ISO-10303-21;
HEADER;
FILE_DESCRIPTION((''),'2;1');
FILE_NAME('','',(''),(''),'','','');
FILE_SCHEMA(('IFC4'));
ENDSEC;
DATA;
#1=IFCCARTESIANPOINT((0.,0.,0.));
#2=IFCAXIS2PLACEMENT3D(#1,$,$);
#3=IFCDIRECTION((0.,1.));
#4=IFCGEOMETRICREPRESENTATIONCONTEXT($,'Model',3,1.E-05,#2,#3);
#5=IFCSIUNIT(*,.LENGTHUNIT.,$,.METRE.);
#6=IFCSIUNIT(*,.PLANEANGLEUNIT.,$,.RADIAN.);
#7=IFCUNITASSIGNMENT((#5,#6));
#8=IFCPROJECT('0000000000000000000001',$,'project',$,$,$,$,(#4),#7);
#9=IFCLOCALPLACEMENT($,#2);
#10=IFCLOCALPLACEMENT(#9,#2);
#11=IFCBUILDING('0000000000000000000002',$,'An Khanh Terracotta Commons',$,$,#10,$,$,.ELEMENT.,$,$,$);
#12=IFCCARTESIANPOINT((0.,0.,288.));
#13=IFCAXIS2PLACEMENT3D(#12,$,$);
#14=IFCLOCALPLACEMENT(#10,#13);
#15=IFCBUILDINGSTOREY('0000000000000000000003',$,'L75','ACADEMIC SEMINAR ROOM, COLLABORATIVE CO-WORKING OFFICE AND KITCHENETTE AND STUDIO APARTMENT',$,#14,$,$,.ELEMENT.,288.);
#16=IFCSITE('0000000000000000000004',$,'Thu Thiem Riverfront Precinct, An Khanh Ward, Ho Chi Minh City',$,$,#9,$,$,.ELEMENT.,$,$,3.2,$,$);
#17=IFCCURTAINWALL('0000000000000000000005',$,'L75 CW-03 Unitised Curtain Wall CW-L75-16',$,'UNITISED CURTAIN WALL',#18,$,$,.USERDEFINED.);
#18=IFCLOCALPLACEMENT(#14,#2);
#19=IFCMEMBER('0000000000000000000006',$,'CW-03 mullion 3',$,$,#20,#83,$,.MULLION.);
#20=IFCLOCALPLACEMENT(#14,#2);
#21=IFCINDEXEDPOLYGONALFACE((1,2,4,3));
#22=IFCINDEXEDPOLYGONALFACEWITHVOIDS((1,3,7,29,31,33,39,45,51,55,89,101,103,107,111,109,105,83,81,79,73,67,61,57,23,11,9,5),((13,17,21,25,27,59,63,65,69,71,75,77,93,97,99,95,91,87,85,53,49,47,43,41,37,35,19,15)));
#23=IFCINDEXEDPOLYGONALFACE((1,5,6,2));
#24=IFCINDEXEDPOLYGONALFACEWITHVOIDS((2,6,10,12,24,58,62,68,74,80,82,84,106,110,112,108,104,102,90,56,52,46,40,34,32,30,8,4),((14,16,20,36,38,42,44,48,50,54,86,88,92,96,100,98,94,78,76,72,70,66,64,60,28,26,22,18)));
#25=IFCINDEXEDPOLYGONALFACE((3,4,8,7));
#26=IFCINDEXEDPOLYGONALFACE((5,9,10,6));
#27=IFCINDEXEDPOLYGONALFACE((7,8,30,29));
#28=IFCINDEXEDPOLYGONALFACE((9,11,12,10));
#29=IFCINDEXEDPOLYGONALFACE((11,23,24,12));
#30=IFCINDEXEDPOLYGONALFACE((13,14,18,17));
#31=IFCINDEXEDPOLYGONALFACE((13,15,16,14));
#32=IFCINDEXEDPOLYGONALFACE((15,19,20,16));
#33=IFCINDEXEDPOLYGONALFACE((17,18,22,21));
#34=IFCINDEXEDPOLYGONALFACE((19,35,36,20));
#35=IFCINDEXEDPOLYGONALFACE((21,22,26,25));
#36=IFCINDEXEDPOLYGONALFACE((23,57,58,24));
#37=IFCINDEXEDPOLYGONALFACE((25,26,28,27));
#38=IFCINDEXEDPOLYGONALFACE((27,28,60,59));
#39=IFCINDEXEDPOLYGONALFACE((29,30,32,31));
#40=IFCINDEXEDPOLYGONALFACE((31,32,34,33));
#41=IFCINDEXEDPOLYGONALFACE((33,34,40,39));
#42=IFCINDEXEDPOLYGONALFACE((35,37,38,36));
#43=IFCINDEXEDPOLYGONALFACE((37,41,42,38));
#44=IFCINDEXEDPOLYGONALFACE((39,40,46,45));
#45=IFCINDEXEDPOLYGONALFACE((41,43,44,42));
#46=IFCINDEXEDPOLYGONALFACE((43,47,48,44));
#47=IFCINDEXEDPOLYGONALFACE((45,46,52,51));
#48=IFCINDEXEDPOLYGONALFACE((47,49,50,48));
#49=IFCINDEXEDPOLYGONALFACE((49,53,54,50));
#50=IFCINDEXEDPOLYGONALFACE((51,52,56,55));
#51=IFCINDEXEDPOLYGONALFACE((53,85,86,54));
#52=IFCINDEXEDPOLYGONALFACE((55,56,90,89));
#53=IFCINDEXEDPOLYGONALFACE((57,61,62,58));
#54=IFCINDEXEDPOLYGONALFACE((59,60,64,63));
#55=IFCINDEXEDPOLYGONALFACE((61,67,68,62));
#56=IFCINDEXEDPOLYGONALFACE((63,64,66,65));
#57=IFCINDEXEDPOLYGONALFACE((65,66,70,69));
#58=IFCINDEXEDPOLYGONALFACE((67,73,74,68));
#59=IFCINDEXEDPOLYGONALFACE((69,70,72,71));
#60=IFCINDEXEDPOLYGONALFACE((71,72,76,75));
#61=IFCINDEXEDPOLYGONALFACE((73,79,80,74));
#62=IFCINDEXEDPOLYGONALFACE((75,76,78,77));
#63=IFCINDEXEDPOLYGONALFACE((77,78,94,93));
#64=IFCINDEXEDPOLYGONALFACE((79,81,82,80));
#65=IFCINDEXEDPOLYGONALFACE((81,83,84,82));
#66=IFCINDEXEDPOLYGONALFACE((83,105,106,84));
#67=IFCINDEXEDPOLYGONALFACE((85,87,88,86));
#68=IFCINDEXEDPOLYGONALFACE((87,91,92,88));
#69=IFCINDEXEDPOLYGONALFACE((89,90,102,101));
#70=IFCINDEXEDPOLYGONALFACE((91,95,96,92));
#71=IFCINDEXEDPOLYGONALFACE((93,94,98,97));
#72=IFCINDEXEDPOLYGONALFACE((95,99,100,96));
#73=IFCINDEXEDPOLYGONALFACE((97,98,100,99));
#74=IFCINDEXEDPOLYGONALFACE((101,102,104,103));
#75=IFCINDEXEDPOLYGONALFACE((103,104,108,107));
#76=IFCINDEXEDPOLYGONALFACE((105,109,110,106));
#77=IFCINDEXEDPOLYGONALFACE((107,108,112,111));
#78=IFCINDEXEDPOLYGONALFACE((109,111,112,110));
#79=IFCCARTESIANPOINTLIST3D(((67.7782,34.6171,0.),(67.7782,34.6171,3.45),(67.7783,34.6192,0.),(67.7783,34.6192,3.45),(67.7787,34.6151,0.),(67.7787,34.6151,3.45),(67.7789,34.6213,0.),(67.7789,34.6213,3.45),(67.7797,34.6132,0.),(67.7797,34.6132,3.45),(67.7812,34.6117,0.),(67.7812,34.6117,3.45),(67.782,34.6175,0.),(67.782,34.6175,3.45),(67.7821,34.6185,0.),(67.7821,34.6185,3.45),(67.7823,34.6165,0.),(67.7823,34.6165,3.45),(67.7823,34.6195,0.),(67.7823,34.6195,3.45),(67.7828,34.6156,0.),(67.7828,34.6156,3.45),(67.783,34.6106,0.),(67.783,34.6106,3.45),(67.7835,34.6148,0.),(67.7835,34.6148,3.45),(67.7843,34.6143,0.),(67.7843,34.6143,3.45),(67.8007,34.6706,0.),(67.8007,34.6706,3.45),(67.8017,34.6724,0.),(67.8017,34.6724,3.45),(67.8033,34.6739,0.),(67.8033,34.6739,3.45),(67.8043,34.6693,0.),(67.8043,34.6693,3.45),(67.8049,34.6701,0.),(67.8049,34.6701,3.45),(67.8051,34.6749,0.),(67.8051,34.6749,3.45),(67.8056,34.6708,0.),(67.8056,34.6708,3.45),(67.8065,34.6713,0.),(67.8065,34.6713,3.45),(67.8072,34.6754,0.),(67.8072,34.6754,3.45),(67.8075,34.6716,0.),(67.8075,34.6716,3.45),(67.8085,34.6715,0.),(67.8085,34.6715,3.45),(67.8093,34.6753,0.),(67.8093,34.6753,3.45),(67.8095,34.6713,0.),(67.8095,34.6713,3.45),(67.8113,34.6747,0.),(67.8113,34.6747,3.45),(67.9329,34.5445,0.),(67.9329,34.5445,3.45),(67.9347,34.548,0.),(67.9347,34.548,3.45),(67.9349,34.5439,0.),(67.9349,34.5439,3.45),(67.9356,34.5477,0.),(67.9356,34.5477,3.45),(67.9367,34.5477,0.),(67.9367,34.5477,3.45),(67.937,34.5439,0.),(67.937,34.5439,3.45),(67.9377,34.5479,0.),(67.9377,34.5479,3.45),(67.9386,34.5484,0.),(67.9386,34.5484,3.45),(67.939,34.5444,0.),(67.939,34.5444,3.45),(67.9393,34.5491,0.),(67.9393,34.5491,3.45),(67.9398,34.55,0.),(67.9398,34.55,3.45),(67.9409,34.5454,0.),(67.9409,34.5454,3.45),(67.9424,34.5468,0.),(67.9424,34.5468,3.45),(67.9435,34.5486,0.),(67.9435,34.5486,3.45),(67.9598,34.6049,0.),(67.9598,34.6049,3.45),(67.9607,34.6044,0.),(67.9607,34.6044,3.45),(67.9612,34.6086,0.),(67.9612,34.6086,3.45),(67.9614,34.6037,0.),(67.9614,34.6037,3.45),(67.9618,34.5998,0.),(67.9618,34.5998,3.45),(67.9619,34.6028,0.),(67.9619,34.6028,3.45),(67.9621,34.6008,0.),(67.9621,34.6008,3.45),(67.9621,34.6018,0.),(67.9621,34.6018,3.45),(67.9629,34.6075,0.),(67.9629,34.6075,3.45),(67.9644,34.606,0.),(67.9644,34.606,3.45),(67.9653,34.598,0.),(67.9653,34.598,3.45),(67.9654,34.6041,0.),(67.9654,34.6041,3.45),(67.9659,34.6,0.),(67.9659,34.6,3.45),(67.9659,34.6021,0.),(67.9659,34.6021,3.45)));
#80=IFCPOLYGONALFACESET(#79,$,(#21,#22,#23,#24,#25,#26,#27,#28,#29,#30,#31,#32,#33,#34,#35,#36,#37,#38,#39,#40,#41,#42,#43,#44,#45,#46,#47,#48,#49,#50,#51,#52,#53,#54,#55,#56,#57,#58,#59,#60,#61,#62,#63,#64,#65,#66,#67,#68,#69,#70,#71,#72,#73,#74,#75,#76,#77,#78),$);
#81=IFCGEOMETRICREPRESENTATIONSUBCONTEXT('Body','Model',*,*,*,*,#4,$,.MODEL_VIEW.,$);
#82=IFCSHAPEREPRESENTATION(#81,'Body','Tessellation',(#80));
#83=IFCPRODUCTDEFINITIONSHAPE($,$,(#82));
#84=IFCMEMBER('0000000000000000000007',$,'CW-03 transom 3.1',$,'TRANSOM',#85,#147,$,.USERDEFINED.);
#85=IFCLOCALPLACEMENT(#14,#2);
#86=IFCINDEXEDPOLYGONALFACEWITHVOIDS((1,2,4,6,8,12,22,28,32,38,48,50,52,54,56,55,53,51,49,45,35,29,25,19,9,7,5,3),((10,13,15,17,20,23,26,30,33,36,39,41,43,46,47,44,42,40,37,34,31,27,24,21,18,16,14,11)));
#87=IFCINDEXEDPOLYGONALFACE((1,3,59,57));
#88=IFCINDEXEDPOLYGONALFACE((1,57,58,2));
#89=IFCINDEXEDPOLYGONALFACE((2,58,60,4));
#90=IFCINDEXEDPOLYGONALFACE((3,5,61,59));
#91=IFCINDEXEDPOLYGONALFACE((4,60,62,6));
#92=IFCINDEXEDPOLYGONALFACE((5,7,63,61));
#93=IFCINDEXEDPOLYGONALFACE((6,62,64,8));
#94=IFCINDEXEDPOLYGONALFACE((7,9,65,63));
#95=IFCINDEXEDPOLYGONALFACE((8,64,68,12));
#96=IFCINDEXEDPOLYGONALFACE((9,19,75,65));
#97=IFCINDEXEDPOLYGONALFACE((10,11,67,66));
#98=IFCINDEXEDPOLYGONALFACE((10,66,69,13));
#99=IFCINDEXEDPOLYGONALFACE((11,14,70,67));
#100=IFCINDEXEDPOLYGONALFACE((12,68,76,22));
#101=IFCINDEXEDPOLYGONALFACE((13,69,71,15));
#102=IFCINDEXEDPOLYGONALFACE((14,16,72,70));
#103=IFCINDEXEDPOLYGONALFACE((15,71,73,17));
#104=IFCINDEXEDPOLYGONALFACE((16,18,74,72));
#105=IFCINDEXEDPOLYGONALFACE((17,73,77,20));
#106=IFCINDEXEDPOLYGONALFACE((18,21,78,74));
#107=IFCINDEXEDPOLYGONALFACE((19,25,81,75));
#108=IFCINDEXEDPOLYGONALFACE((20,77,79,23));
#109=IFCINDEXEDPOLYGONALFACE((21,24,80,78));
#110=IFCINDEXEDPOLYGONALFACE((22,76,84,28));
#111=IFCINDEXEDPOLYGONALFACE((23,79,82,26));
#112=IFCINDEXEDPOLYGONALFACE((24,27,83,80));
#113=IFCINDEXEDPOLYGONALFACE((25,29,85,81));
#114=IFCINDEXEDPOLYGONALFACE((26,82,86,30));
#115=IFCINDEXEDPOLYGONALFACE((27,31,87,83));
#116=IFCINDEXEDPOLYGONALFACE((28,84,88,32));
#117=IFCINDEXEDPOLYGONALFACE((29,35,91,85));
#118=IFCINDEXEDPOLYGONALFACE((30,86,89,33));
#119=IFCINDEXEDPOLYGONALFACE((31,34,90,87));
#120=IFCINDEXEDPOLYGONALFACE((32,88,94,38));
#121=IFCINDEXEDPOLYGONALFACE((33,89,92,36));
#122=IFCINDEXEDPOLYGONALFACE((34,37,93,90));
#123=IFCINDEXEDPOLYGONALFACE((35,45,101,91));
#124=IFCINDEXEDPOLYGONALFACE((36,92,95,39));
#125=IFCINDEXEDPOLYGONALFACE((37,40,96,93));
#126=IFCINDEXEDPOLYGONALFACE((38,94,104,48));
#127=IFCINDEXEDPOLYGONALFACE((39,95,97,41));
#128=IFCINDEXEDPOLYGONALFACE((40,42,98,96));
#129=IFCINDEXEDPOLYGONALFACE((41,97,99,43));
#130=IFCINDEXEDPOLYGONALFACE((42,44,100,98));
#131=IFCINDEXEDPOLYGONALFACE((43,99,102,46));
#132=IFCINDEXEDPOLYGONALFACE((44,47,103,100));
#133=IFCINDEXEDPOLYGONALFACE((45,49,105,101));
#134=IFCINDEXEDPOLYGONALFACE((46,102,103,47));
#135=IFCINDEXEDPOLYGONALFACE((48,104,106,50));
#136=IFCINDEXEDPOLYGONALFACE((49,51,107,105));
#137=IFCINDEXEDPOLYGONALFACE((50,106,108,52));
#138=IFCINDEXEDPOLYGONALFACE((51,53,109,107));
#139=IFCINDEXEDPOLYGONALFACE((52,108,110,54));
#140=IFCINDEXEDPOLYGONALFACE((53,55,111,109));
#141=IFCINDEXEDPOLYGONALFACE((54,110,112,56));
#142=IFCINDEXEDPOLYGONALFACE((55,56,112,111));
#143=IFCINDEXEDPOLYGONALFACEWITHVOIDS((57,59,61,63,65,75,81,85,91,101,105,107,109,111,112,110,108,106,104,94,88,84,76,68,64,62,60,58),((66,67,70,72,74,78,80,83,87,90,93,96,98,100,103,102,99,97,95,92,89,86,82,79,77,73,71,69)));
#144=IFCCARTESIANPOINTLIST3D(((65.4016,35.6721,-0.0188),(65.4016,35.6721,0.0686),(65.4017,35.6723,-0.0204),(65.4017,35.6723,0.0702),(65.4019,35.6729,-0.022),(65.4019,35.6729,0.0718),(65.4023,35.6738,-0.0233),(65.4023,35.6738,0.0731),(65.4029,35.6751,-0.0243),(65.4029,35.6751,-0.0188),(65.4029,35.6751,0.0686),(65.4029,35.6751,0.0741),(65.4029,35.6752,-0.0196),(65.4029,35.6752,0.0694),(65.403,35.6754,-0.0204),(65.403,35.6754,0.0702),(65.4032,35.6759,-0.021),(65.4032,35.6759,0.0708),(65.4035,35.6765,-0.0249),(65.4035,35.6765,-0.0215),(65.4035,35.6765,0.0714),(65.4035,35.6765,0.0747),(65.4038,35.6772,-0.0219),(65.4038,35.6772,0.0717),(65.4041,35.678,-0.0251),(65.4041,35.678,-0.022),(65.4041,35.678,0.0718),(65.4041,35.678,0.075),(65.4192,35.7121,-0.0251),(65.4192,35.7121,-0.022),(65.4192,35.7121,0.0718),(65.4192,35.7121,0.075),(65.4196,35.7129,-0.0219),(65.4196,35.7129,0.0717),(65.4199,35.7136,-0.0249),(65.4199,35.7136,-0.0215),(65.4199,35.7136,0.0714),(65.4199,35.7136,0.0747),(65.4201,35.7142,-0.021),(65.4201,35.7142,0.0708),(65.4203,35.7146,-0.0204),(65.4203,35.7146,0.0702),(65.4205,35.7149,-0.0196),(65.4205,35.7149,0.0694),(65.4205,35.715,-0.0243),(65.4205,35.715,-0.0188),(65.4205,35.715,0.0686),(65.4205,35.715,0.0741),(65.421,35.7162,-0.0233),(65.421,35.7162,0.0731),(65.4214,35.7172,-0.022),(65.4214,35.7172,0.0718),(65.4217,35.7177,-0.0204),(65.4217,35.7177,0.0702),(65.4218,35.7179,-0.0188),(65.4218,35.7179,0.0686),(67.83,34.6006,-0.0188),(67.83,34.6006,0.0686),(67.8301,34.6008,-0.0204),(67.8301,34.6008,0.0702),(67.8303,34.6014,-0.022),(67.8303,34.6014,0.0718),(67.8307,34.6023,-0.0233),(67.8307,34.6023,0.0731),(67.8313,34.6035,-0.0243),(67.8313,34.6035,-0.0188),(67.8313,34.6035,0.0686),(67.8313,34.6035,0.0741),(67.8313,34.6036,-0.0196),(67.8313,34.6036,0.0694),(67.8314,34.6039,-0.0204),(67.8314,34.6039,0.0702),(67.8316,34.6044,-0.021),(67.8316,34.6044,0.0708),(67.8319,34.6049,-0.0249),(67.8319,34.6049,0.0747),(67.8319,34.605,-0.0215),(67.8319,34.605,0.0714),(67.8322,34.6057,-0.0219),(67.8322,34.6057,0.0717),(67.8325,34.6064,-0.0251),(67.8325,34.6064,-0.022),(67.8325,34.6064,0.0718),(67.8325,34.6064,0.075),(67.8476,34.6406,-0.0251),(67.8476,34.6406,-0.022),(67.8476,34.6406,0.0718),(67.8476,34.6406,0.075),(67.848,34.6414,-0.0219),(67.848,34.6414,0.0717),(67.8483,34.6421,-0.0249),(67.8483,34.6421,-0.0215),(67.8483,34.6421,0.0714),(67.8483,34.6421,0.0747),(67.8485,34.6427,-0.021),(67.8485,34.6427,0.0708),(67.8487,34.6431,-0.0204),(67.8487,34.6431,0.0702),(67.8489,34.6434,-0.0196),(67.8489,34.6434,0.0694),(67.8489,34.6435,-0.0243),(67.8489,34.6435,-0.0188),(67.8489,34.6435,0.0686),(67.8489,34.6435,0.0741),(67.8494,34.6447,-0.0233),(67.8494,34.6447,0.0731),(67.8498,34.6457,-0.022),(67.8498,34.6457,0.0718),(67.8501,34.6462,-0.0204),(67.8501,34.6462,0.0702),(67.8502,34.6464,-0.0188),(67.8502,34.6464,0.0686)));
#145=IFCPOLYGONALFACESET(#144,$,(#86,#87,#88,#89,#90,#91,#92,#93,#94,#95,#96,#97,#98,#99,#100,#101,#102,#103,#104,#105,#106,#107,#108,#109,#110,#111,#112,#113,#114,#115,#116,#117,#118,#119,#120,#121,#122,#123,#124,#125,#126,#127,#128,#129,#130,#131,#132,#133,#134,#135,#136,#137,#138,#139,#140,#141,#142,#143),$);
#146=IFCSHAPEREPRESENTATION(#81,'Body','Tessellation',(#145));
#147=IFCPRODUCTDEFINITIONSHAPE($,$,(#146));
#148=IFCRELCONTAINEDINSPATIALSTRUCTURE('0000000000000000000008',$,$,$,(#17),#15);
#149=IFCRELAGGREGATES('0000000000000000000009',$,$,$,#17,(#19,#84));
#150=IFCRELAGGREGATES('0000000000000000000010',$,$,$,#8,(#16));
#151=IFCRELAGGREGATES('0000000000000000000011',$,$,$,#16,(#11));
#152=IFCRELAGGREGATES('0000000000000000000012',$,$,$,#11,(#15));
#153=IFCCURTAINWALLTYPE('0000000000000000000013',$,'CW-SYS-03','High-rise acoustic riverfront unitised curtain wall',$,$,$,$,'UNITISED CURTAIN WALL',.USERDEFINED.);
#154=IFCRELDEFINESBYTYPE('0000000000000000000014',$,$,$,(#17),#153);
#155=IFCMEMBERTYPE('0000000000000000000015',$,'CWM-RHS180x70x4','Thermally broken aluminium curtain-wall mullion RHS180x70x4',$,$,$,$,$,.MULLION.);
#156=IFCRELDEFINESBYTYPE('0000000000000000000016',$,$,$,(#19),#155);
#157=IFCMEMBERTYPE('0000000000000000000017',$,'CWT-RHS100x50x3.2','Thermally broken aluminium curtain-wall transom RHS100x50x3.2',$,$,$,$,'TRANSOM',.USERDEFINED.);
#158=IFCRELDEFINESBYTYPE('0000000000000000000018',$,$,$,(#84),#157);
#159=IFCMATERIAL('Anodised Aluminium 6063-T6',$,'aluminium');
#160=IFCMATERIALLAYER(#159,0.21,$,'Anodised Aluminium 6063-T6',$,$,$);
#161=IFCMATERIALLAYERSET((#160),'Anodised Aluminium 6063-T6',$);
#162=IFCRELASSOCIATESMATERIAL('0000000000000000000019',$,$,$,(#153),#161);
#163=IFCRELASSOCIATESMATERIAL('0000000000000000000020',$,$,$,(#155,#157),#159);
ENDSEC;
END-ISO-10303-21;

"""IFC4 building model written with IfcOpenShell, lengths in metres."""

from ifc_helpers import new_model, si_unit, direction, frame, origin, origin_2d, place, context, subcontext, project, spatial, hollow_rectangle, extrude, material, layer, layer_set, material_profile, profile_set, type_object, element, aggregate, save


model = new_model("IFC4")

# Units and contexts
model_context = context("Model", 3, precision=1e-05, world=origin(), true_north=direction((0.0, 1.0)))
body_context = subcontext(model_context, "Body", "Model", "MODEL_VIEW")
ifc_project = project(units=[si_unit("LENGTHUNIT", "METRE"), si_unit("PLANEANGLEUNIT", "RADIAN")], contexts=[model_context])

# Site, building, storey
site_placement = place(None, origin())
site = spatial("IfcSite", under=ifc_project, at=site_placement, Name="Thu Thiem Riverfront Precinct, An Khanh Ward, Ho Chi Minh City", CompositionType="ELEMENT", RefElevation=3.2)
building_placement = place(site_placement, origin())
building = spatial("IfcBuilding", under=site, at=building_placement, Name="An Khanh Terracotta Commons", CompositionType="ELEMENT")
storey_placement = place(building_placement, frame((0.0, 0.0, 288.0)))
storey = spatial("IfcBuildingStorey", under=building, at=storey_placement, Name="L75", Description="ACADEMIC SEMINAR ROOM, COLLABORATIVE CO-WORKING OFFICE AND KITCHENETTE AND STUDIO APARTMENT", CompositionType="ELEMENT", Elevation=288.0)

# Curtain wall, members
ifc_material_1 = material(Name="Anodised Aluminium 6063-T6", Category="aluminium")
ifc_layer_1 = layer(ifc_material_1, 0.21, Name="Anodised Aluminium 6063-T6")
ifc_layer_set_1 = layer_set([ifc_layer_1], Name="Anodised Aluminium 6063-T6")
curtain_wall_type = type_object("IfcCurtainWallType", Name="CW-SYS-03", Description="High-rise acoustic riverfront unitised curtain wall", ElementType="UNITISED CURTAIN WALL", PredefinedType="USERDEFINED", material=ifc_layer_set_1)
curtain_wall_placement = place(storey_placement, origin())
curtain_wall = element("IfcCurtainWall", 1, at=curtain_wall_placement, inside=storey, type_object=curtain_wall_type, Name="L75 CW-03 Unitised Curtain Wall CW-L75-16", ObjectType="UNITISED CURTAIN WALL", PredefinedType="USERDEFINED")
ifc_material_profile_1 = material_profile(ifc_material_1, hollow_rectangle(XDim=0.0701, YDim=0.1799, WallThickness=0.0039, InnerFilletRadius=0.0039, OuterFilletRadius=0.0081, at=origin_2d()), Name="RHS180x70x4")
ifc_profile_set_1 = profile_set([ifc_material_profile_1], Name="Anodised Aluminium 6063-T6")
member_type_1 = type_object("IfcMemberType", Name="CWM-RHS180x70x4", Description="Thermally broken aluminium curtain-wall mullion RHS180x70x4", PredefinedType="MULLION", material=ifc_profile_set_1)
member_1_placement = place(storey_placement, frame((67.8721, 34.6096, 0.0), z_axis=(0.0, 0.0, 1.0), x_axis=(-0.403676, -0.914902, 0.0)))
member_1 = element("IfcMember", 2, at=member_1_placement, type_object=member_type_1, Name="CW-03 mullion 3", PredefinedType="MULLION", context=body_context, shape_type="SweptSolid", body=[
    extrude(hollow_rectangle(XDim=0.0701, YDim=0.1799, WallThickness=0.0039, InnerFilletRadius=0.0039, OuterFilletRadius=0.0081, at=origin_2d()), origin(), (0.0, 0.0, 1.0), 3.45),
])
ifc_material_profile_2 = material_profile(ifc_material_1, hollow_rectangle(XDim=0.05, YDim=0.1001, WallThickness=0.0032, InnerFilletRadius=0.0032, OuterFilletRadius=0.0063, at=origin_2d()), Name="RHS100x50x3.2")
ifc_profile_set_2 = profile_set([ifc_material_profile_2], Name="Anodised Aluminium 6063-T6")
member_type_2 = type_object("IfcMemberType", Name="CWT-RHS100x50x3.2", Description="Thermally broken aluminium curtain-wall transom RHS100x50x3.2", ElementType="TRANSOM", PredefinedType="USERDEFINED", material=ifc_profile_set_2)
member_2_placement = place(storey_placement, frame((67.8401, 34.6235, 0.0249), z_axis=(-0.914897, 0.403688, 0.0), x_axis=(-0.403688, -0.914897, 0.0)))
member_2 = element("IfcMember", 3, at=member_2_placement, type_object=member_type_2, Name="CW-03 transom 3.1", ObjectType="TRANSOM", PredefinedType="USERDEFINED", context=body_context, shape_type="SweptSolid", body=[
    extrude(hollow_rectangle(XDim=0.05, YDim=0.1001, WallThickness=0.0032, InnerFilletRadius=0.0032, OuterFilletRadius=0.0063, at=origin_2d()), origin(), (0.0, 0.0, 1.0), 2.6543),
])
aggregate(curtain_wall, [member_1, member_2])

save(model, "model.ifc")
